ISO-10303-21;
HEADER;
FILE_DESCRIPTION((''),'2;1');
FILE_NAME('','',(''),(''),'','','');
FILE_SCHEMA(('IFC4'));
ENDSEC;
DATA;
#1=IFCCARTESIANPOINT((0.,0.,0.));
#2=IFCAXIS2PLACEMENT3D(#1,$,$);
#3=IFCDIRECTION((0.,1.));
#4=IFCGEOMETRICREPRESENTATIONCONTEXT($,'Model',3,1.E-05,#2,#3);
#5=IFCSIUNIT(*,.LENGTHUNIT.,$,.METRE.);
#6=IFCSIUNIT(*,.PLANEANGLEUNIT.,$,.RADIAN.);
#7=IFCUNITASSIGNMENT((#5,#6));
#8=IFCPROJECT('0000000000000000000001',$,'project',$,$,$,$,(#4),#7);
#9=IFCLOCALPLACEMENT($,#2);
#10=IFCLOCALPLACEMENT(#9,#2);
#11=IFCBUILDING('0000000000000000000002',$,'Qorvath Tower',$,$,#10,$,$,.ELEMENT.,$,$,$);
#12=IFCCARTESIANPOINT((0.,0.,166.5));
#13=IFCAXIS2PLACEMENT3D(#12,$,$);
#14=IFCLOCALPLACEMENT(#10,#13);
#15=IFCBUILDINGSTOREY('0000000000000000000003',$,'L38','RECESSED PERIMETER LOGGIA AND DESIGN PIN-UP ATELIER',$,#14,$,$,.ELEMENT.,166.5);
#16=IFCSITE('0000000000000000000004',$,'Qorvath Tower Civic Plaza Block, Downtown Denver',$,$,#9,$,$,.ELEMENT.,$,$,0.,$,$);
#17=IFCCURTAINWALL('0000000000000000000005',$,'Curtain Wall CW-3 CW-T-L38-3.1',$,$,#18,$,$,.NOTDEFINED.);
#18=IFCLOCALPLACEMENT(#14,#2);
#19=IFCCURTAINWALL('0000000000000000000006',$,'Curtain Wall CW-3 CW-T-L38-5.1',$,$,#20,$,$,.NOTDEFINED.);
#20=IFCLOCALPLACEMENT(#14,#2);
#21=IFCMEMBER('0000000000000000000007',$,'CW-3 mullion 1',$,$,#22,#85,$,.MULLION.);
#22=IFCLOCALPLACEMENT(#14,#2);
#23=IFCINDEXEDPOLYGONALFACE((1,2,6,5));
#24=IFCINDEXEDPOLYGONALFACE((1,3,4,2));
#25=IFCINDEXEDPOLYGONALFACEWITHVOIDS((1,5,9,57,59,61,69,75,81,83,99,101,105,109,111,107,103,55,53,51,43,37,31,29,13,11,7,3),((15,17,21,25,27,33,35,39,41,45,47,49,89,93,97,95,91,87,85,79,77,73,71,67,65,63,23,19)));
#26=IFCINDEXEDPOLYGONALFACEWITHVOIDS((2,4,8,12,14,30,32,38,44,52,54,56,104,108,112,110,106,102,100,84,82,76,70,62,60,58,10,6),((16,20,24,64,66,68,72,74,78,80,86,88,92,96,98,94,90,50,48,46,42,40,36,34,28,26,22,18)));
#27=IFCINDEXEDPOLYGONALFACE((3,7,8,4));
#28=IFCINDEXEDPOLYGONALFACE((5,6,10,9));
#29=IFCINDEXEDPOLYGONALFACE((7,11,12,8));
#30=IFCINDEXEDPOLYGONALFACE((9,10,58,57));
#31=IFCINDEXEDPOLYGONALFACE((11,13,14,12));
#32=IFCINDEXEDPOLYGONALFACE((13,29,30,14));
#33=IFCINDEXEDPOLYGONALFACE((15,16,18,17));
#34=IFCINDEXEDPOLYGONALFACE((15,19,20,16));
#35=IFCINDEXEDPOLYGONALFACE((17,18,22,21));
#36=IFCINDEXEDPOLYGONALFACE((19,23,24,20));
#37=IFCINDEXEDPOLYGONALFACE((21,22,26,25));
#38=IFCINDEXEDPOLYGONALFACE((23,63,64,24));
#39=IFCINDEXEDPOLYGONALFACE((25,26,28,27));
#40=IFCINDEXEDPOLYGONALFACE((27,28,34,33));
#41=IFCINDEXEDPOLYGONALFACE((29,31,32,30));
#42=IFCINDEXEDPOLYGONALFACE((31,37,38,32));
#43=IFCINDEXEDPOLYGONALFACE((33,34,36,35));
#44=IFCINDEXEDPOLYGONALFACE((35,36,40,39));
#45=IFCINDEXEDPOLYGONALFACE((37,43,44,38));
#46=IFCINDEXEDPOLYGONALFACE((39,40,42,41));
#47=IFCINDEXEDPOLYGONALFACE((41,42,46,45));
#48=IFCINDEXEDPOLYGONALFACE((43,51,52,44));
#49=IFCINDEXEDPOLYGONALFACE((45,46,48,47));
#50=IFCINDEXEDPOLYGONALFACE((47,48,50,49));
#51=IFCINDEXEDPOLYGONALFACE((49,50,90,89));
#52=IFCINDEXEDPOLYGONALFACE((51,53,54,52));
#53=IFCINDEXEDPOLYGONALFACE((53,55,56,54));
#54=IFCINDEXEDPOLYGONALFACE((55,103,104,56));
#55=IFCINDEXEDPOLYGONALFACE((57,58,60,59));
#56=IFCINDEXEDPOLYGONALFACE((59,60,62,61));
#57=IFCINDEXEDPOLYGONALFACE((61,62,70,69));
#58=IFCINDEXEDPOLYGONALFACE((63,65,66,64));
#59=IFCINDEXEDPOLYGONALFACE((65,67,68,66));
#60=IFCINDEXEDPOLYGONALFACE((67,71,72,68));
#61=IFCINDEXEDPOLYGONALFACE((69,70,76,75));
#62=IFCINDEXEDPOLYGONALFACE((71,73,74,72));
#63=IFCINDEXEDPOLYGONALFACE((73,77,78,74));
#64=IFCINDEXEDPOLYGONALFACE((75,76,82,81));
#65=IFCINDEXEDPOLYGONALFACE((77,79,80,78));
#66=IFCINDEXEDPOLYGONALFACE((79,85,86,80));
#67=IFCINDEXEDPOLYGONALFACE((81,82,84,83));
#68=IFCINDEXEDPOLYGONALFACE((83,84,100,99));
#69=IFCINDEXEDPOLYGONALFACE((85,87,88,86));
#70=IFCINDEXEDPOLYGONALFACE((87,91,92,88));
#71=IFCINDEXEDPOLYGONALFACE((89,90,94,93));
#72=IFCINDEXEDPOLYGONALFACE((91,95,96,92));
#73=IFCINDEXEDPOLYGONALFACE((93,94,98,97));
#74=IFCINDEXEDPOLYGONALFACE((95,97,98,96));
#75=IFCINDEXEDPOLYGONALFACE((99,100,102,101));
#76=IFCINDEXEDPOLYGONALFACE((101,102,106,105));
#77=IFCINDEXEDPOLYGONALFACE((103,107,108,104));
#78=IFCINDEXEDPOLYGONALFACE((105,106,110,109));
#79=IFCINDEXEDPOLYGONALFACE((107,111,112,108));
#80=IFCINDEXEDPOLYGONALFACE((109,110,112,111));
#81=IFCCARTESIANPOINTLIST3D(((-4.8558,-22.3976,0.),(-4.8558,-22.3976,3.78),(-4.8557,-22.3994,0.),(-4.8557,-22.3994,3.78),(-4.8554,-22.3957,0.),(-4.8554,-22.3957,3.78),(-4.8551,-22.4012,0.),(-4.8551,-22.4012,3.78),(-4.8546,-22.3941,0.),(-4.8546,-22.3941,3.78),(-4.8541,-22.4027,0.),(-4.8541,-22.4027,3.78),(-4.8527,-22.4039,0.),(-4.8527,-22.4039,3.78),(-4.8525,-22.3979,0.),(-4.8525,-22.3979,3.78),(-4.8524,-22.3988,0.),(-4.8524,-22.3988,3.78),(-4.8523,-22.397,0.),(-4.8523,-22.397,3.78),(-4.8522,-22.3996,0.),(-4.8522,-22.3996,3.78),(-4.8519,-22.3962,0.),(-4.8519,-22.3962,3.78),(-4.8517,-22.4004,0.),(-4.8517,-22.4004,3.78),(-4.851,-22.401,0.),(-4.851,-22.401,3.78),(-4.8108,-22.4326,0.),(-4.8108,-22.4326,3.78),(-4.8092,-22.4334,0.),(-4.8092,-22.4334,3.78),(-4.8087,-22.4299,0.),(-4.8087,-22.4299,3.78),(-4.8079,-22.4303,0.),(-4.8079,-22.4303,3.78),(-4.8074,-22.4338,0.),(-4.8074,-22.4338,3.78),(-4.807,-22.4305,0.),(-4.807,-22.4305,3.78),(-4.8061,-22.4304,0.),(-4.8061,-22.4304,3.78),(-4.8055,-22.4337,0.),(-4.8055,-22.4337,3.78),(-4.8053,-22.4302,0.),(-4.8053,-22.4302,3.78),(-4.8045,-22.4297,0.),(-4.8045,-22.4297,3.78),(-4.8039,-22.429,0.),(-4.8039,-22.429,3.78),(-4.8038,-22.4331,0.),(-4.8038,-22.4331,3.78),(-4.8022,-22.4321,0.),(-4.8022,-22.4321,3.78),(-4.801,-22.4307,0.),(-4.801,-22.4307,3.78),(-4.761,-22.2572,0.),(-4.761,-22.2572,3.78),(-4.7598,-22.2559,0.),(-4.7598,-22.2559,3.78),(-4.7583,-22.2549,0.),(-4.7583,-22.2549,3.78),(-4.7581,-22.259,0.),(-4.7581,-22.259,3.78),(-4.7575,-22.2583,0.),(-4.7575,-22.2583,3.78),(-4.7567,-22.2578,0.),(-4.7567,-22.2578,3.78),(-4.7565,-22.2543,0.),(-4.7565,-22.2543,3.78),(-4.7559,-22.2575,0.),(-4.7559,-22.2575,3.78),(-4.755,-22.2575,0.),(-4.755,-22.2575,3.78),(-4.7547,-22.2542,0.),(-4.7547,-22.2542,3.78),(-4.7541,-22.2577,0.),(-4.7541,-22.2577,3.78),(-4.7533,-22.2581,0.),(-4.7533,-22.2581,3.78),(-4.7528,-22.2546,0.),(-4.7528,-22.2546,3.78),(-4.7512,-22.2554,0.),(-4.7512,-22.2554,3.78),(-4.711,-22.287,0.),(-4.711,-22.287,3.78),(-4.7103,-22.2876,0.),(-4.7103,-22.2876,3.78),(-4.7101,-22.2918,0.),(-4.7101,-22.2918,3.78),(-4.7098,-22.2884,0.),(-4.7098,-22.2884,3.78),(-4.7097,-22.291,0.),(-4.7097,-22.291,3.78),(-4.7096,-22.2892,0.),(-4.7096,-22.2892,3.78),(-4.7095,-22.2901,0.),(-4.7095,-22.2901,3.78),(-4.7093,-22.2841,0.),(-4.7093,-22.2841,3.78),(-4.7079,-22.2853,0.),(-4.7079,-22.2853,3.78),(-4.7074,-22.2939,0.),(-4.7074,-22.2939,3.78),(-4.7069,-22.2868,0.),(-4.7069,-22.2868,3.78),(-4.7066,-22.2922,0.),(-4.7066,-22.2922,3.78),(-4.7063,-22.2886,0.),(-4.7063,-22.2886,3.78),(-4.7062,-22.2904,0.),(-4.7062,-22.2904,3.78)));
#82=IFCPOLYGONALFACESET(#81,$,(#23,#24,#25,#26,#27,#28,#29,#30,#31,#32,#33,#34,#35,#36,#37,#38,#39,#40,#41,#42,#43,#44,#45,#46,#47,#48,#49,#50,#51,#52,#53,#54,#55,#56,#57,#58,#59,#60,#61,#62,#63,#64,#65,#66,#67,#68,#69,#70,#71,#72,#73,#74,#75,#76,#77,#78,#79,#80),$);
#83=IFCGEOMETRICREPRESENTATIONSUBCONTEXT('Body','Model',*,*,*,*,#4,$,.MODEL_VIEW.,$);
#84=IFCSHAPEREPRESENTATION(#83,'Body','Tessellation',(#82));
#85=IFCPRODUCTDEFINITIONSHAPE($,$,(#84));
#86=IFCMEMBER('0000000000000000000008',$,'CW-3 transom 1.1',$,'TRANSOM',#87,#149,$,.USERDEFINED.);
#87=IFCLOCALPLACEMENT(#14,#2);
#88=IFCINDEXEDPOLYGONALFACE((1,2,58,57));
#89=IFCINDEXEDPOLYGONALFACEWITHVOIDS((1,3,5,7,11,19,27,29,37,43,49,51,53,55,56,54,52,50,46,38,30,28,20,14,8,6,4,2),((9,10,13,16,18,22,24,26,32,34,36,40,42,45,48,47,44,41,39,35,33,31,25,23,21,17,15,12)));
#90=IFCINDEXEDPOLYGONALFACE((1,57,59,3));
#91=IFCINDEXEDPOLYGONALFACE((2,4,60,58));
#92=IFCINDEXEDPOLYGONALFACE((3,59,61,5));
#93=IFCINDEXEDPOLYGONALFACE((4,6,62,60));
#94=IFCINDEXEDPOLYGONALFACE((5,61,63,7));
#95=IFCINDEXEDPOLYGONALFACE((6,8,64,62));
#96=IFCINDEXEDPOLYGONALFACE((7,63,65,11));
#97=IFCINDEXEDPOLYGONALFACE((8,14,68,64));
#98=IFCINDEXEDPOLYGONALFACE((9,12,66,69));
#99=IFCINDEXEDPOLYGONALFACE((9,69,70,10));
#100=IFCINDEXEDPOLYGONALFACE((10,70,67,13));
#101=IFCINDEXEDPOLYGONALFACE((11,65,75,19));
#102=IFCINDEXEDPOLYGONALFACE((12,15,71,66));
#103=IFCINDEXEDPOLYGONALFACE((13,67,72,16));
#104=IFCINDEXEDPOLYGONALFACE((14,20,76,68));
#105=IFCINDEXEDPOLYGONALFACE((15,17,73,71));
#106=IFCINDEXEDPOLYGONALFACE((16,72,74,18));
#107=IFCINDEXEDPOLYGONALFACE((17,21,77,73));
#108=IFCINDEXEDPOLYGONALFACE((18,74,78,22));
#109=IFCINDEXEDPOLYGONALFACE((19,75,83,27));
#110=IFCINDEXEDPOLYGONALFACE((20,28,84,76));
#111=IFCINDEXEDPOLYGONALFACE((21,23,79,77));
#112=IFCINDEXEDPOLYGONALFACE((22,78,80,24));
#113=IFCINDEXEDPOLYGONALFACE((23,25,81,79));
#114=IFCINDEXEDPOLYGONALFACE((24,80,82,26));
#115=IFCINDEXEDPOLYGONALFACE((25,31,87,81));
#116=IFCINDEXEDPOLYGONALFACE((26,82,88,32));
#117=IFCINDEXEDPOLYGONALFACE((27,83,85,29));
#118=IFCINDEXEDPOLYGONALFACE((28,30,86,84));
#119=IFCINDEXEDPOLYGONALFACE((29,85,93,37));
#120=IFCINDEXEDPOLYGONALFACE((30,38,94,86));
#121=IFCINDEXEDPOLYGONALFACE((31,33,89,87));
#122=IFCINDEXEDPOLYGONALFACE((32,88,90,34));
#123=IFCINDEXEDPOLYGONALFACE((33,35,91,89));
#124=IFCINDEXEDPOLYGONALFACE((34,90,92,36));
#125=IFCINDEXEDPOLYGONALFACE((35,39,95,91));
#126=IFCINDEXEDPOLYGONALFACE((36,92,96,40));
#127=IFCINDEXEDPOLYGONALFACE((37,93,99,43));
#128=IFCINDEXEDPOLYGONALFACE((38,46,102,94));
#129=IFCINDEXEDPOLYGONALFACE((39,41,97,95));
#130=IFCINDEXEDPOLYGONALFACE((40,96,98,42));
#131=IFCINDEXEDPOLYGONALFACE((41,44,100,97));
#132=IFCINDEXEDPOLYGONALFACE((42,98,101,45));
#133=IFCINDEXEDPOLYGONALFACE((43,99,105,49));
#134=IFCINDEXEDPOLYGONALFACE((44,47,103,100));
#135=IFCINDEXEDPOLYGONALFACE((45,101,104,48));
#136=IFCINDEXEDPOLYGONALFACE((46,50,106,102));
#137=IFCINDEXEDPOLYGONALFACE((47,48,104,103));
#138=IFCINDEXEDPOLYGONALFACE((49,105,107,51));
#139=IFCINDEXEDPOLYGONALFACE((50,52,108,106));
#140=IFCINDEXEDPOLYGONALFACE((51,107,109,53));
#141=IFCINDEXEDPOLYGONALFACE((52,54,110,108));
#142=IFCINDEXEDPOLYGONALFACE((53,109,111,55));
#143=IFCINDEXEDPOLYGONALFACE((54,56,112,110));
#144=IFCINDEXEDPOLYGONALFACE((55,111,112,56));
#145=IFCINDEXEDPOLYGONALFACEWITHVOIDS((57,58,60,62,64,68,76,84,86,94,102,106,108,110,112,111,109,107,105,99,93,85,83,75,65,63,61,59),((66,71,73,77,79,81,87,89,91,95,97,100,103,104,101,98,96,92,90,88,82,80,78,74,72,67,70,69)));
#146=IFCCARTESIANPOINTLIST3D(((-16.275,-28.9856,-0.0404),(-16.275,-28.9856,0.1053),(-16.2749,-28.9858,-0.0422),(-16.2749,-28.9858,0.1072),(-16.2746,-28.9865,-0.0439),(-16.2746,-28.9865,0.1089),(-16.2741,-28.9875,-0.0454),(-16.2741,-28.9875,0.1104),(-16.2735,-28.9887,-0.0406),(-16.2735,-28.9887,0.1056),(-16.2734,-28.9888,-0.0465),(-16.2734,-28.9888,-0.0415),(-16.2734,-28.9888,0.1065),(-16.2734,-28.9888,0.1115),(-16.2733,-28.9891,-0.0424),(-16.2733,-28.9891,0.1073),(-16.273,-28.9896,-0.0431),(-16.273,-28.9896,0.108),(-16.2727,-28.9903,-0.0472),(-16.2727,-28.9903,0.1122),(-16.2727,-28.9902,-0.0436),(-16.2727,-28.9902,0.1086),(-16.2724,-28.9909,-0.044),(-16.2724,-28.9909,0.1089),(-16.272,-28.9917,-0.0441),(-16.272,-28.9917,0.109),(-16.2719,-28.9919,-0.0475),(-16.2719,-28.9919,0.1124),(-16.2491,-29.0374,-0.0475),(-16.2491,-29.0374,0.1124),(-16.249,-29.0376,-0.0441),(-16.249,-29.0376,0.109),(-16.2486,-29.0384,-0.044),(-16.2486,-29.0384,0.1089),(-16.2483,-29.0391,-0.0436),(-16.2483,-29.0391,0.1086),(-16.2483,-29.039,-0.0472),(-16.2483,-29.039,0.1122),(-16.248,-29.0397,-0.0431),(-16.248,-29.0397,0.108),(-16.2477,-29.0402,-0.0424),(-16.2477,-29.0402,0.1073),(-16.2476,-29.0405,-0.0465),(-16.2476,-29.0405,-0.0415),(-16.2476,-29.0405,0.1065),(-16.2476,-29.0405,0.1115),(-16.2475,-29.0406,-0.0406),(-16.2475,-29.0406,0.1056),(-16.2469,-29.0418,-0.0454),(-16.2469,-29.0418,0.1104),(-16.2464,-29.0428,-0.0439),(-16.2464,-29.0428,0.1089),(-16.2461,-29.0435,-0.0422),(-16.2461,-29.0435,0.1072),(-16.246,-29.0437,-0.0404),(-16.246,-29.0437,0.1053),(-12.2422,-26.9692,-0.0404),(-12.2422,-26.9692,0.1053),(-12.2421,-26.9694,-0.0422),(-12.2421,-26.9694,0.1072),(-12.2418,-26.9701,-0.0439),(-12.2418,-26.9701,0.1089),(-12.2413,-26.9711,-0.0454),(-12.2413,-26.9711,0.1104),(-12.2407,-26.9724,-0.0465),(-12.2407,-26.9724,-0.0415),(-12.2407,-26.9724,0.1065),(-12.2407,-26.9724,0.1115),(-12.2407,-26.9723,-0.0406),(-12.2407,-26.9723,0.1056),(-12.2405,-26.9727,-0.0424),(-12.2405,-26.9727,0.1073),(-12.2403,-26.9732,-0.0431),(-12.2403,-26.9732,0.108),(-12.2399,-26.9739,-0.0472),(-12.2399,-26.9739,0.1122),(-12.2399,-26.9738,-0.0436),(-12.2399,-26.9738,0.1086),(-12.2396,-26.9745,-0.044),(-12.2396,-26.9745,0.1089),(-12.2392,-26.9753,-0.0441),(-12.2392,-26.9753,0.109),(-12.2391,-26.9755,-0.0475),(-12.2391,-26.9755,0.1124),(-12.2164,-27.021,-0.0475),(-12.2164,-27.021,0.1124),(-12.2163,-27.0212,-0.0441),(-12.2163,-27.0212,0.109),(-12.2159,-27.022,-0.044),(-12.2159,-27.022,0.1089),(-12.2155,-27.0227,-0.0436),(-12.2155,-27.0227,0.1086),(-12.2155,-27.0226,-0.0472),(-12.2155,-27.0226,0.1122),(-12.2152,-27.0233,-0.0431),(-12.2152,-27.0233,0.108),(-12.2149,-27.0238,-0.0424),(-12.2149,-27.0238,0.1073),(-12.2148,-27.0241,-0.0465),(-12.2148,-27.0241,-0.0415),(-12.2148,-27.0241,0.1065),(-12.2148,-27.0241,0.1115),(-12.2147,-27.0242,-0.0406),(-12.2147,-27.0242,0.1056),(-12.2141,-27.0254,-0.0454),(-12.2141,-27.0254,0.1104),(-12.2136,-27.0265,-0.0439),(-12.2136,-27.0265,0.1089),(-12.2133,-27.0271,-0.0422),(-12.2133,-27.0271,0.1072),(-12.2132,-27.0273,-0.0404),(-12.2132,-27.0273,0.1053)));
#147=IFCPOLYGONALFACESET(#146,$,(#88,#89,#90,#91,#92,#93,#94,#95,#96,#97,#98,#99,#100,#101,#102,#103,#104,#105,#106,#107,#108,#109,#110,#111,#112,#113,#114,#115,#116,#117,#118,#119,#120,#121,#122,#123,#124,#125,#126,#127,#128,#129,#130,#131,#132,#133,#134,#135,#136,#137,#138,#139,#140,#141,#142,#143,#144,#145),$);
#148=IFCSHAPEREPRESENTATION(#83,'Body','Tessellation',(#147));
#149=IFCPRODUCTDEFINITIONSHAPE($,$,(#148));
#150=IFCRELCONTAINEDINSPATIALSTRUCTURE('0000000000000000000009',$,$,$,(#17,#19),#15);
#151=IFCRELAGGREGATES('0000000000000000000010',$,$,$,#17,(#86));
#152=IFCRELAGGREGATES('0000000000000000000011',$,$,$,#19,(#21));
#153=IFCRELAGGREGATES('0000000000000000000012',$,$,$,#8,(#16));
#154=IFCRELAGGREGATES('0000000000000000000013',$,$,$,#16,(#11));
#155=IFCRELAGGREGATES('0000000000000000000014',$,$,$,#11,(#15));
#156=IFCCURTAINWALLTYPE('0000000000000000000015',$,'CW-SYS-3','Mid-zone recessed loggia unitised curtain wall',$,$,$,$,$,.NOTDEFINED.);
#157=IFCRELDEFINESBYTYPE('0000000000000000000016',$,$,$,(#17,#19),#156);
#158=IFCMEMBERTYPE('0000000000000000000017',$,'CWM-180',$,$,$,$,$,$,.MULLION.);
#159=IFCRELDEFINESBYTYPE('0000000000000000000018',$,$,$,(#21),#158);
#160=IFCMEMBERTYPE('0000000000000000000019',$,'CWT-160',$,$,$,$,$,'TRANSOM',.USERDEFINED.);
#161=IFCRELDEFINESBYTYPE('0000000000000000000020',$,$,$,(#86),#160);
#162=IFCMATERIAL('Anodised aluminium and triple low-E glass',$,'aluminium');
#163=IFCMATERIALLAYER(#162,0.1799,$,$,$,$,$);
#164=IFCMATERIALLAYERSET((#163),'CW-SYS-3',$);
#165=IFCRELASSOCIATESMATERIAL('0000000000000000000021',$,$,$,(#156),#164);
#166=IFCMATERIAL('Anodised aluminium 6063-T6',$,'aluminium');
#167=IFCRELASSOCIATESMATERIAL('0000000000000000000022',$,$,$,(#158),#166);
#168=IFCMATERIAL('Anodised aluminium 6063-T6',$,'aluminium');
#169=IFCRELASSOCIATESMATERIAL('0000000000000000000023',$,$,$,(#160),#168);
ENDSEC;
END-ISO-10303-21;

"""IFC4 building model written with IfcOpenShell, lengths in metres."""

from ifc_helpers import new_model, si_unit, direction, frame, origin, origin_2d, place, context, subcontext, project, spatial, hollow_rectangle, extrude, material, layer, layer_set, material_profile, profile_set, type_object, element, aggregate, save


model = new_model("IFC4")

# Units and contexts
model_context = context("Model", 3, precision=1e-05, world=origin(), true_north=direction((0.0, 1.0)))
body_context = subcontext(model_context, "Body", "Model", "MODEL_VIEW")
ifc_project = project(units=[si_unit("LENGTHUNIT", "METRE"), si_unit("PLANEANGLEUNIT", "RADIAN")], contexts=[model_context])

# Site, building, storey
site_placement = place(None, origin())
site = spatial("IfcSite", under=ifc_project, at=site_placement, Name="Qorvath Tower Civic Plaza Block, Downtown Denver", CompositionType="ELEMENT", RefElevation=0.0)
building_placement = place(site_placement, origin())
building = spatial("IfcBuilding", under=site, at=building_placement, Name="Qorvath Tower", CompositionType="ELEMENT")
storey_placement = place(building_placement, frame((0.0, 0.0, 166.5)))
storey = spatial("IfcBuildingStorey", under=building, at=storey_placement, Name="L38", Description="RECESSED PERIMETER LOGGIA AND DESIGN PIN-UP ATELIER", CompositionType="ELEMENT", Elevation=166.5)

# Shared definitions
ifc_material_1 = material(Name="Anodised aluminium and triple low-E glass", Category="aluminium")
ifc_layer_1 = layer(ifc_material_1, 0.1799)
ifc_layer_set_1 = layer_set([ifc_layer_1], Name="CW-SYS-3")
curtain_wall_type = type_object("IfcCurtainWallType", Name="CW-SYS-3", Description="Mid-zone recessed loggia unitised curtain wall", PredefinedType="NOTDEFINED", material=ifc_layer_set_1)
ifc_material_2 = material(Name="Anodised aluminium 6063-T6", Category="aluminium")
ifc_material_profile_1 = material_profile(ifc_material_2, hollow_rectangle(XDim=0.0649, YDim=0.1799, WallThickness=0.0034, InnerFilletRadius=0.0034, OuterFilletRadius=0.0071, at=origin_2d()), Name="CWM 180x65")
ifc_profile_set_1 = profile_set([ifc_material_profile_1], Name="Anodised aluminium 6063-T6")
member_type_1 = type_object("IfcMemberType", Name="CWM-180", PredefinedType="MULLION", material=ifc_profile_set_1)

# Curtain wall
curtain_wall_1_placement = place(storey_placement, origin())
curtain_wall_1 = element("IfcCurtainWall", 1, at=curtain_wall_1_placement, inside=storey, type_object=curtain_wall_type, Name="Curtain Wall CW-3 CW-T-L38-3.1", PredefinedType="NOTDEFINED")

# Curtain wall, member
curtain_wall_2_placement = place(storey_placement, origin())
curtain_wall_2 = element("IfcCurtainWall", 2, at=curtain_wall_2_placement, inside=storey, type_object=curtain_wall_type, Name="Curtain Wall CW-3 CW-T-L38-5.1", PredefinedType="NOTDEFINED")
member_1_placement = place(storey_placement, frame((-4.781, -22.344, 0.0), z_axis=(0.0, 0.0, 1.0), x_axis=(-0.825525, 0.564366, 0.0)))
member_1 = element("IfcMember", 3, at=member_1_placement, type_object=member_type_1, Name="CW-3 mullion 1", PredefinedType="MULLION", context=body_context, shape_type="SweptSolid", body=[
    extrude(hollow_rectangle(XDim=0.0649, YDim=0.1799, WallThickness=0.0034, InnerFilletRadius=0.0034, OuterFilletRadius=0.0071, at=origin_2d()), origin(), (0.0, 0.0, 1.0), 3.78),
])

# Member
ifc_material_3 = material(Name="Anodised aluminium 6063-T6", Category="aluminium")
ifc_material_profile_2 = material_profile(ifc_material_3, hollow_rectangle(XDim=0.0649, YDim=0.1599, WallThickness=0.0034, InnerFilletRadius=0.0034, OuterFilletRadius=0.0071, at=origin_2d()), Name="CWT 160x65")
ifc_profile_set_2 = profile_set([ifc_material_profile_2], Name="Anodised aluminium 6063-T6")
member_type_2 = type_object("IfcMemberType", Name="CWT-160", ElementType="TRANSOM", PredefinedType="USERDEFINED", material=ifc_profile_set_2)
member_2_placement = place(storey_placement, frame((-16.2605, -29.0146, 0.0325), z_axis=(0.894427, 0.447214, 0.0), x_axis=(-0.447214, 0.894427, 0.0)))
member_2 = element("IfcMember", 4, at=member_2_placement, type_object=member_type_2, Name="CW-3 transom 1.1", ObjectType="TRANSOM", PredefinedType="USERDEFINED", context=body_context, shape_type="SweptSolid", body=[
    extrude(hollow_rectangle(XDim=0.0649, YDim=0.1599, WallThickness=0.0034, InnerFilletRadius=0.0034, OuterFilletRadius=0.0071, at=origin_2d()), origin(), (0.0, 0.0, 1.0), 4.5088),
])

aggregate(curtain_wall_1, [member_2])
aggregate(curtain_wall_2, [member_1])

save(model, "model.ifc")
